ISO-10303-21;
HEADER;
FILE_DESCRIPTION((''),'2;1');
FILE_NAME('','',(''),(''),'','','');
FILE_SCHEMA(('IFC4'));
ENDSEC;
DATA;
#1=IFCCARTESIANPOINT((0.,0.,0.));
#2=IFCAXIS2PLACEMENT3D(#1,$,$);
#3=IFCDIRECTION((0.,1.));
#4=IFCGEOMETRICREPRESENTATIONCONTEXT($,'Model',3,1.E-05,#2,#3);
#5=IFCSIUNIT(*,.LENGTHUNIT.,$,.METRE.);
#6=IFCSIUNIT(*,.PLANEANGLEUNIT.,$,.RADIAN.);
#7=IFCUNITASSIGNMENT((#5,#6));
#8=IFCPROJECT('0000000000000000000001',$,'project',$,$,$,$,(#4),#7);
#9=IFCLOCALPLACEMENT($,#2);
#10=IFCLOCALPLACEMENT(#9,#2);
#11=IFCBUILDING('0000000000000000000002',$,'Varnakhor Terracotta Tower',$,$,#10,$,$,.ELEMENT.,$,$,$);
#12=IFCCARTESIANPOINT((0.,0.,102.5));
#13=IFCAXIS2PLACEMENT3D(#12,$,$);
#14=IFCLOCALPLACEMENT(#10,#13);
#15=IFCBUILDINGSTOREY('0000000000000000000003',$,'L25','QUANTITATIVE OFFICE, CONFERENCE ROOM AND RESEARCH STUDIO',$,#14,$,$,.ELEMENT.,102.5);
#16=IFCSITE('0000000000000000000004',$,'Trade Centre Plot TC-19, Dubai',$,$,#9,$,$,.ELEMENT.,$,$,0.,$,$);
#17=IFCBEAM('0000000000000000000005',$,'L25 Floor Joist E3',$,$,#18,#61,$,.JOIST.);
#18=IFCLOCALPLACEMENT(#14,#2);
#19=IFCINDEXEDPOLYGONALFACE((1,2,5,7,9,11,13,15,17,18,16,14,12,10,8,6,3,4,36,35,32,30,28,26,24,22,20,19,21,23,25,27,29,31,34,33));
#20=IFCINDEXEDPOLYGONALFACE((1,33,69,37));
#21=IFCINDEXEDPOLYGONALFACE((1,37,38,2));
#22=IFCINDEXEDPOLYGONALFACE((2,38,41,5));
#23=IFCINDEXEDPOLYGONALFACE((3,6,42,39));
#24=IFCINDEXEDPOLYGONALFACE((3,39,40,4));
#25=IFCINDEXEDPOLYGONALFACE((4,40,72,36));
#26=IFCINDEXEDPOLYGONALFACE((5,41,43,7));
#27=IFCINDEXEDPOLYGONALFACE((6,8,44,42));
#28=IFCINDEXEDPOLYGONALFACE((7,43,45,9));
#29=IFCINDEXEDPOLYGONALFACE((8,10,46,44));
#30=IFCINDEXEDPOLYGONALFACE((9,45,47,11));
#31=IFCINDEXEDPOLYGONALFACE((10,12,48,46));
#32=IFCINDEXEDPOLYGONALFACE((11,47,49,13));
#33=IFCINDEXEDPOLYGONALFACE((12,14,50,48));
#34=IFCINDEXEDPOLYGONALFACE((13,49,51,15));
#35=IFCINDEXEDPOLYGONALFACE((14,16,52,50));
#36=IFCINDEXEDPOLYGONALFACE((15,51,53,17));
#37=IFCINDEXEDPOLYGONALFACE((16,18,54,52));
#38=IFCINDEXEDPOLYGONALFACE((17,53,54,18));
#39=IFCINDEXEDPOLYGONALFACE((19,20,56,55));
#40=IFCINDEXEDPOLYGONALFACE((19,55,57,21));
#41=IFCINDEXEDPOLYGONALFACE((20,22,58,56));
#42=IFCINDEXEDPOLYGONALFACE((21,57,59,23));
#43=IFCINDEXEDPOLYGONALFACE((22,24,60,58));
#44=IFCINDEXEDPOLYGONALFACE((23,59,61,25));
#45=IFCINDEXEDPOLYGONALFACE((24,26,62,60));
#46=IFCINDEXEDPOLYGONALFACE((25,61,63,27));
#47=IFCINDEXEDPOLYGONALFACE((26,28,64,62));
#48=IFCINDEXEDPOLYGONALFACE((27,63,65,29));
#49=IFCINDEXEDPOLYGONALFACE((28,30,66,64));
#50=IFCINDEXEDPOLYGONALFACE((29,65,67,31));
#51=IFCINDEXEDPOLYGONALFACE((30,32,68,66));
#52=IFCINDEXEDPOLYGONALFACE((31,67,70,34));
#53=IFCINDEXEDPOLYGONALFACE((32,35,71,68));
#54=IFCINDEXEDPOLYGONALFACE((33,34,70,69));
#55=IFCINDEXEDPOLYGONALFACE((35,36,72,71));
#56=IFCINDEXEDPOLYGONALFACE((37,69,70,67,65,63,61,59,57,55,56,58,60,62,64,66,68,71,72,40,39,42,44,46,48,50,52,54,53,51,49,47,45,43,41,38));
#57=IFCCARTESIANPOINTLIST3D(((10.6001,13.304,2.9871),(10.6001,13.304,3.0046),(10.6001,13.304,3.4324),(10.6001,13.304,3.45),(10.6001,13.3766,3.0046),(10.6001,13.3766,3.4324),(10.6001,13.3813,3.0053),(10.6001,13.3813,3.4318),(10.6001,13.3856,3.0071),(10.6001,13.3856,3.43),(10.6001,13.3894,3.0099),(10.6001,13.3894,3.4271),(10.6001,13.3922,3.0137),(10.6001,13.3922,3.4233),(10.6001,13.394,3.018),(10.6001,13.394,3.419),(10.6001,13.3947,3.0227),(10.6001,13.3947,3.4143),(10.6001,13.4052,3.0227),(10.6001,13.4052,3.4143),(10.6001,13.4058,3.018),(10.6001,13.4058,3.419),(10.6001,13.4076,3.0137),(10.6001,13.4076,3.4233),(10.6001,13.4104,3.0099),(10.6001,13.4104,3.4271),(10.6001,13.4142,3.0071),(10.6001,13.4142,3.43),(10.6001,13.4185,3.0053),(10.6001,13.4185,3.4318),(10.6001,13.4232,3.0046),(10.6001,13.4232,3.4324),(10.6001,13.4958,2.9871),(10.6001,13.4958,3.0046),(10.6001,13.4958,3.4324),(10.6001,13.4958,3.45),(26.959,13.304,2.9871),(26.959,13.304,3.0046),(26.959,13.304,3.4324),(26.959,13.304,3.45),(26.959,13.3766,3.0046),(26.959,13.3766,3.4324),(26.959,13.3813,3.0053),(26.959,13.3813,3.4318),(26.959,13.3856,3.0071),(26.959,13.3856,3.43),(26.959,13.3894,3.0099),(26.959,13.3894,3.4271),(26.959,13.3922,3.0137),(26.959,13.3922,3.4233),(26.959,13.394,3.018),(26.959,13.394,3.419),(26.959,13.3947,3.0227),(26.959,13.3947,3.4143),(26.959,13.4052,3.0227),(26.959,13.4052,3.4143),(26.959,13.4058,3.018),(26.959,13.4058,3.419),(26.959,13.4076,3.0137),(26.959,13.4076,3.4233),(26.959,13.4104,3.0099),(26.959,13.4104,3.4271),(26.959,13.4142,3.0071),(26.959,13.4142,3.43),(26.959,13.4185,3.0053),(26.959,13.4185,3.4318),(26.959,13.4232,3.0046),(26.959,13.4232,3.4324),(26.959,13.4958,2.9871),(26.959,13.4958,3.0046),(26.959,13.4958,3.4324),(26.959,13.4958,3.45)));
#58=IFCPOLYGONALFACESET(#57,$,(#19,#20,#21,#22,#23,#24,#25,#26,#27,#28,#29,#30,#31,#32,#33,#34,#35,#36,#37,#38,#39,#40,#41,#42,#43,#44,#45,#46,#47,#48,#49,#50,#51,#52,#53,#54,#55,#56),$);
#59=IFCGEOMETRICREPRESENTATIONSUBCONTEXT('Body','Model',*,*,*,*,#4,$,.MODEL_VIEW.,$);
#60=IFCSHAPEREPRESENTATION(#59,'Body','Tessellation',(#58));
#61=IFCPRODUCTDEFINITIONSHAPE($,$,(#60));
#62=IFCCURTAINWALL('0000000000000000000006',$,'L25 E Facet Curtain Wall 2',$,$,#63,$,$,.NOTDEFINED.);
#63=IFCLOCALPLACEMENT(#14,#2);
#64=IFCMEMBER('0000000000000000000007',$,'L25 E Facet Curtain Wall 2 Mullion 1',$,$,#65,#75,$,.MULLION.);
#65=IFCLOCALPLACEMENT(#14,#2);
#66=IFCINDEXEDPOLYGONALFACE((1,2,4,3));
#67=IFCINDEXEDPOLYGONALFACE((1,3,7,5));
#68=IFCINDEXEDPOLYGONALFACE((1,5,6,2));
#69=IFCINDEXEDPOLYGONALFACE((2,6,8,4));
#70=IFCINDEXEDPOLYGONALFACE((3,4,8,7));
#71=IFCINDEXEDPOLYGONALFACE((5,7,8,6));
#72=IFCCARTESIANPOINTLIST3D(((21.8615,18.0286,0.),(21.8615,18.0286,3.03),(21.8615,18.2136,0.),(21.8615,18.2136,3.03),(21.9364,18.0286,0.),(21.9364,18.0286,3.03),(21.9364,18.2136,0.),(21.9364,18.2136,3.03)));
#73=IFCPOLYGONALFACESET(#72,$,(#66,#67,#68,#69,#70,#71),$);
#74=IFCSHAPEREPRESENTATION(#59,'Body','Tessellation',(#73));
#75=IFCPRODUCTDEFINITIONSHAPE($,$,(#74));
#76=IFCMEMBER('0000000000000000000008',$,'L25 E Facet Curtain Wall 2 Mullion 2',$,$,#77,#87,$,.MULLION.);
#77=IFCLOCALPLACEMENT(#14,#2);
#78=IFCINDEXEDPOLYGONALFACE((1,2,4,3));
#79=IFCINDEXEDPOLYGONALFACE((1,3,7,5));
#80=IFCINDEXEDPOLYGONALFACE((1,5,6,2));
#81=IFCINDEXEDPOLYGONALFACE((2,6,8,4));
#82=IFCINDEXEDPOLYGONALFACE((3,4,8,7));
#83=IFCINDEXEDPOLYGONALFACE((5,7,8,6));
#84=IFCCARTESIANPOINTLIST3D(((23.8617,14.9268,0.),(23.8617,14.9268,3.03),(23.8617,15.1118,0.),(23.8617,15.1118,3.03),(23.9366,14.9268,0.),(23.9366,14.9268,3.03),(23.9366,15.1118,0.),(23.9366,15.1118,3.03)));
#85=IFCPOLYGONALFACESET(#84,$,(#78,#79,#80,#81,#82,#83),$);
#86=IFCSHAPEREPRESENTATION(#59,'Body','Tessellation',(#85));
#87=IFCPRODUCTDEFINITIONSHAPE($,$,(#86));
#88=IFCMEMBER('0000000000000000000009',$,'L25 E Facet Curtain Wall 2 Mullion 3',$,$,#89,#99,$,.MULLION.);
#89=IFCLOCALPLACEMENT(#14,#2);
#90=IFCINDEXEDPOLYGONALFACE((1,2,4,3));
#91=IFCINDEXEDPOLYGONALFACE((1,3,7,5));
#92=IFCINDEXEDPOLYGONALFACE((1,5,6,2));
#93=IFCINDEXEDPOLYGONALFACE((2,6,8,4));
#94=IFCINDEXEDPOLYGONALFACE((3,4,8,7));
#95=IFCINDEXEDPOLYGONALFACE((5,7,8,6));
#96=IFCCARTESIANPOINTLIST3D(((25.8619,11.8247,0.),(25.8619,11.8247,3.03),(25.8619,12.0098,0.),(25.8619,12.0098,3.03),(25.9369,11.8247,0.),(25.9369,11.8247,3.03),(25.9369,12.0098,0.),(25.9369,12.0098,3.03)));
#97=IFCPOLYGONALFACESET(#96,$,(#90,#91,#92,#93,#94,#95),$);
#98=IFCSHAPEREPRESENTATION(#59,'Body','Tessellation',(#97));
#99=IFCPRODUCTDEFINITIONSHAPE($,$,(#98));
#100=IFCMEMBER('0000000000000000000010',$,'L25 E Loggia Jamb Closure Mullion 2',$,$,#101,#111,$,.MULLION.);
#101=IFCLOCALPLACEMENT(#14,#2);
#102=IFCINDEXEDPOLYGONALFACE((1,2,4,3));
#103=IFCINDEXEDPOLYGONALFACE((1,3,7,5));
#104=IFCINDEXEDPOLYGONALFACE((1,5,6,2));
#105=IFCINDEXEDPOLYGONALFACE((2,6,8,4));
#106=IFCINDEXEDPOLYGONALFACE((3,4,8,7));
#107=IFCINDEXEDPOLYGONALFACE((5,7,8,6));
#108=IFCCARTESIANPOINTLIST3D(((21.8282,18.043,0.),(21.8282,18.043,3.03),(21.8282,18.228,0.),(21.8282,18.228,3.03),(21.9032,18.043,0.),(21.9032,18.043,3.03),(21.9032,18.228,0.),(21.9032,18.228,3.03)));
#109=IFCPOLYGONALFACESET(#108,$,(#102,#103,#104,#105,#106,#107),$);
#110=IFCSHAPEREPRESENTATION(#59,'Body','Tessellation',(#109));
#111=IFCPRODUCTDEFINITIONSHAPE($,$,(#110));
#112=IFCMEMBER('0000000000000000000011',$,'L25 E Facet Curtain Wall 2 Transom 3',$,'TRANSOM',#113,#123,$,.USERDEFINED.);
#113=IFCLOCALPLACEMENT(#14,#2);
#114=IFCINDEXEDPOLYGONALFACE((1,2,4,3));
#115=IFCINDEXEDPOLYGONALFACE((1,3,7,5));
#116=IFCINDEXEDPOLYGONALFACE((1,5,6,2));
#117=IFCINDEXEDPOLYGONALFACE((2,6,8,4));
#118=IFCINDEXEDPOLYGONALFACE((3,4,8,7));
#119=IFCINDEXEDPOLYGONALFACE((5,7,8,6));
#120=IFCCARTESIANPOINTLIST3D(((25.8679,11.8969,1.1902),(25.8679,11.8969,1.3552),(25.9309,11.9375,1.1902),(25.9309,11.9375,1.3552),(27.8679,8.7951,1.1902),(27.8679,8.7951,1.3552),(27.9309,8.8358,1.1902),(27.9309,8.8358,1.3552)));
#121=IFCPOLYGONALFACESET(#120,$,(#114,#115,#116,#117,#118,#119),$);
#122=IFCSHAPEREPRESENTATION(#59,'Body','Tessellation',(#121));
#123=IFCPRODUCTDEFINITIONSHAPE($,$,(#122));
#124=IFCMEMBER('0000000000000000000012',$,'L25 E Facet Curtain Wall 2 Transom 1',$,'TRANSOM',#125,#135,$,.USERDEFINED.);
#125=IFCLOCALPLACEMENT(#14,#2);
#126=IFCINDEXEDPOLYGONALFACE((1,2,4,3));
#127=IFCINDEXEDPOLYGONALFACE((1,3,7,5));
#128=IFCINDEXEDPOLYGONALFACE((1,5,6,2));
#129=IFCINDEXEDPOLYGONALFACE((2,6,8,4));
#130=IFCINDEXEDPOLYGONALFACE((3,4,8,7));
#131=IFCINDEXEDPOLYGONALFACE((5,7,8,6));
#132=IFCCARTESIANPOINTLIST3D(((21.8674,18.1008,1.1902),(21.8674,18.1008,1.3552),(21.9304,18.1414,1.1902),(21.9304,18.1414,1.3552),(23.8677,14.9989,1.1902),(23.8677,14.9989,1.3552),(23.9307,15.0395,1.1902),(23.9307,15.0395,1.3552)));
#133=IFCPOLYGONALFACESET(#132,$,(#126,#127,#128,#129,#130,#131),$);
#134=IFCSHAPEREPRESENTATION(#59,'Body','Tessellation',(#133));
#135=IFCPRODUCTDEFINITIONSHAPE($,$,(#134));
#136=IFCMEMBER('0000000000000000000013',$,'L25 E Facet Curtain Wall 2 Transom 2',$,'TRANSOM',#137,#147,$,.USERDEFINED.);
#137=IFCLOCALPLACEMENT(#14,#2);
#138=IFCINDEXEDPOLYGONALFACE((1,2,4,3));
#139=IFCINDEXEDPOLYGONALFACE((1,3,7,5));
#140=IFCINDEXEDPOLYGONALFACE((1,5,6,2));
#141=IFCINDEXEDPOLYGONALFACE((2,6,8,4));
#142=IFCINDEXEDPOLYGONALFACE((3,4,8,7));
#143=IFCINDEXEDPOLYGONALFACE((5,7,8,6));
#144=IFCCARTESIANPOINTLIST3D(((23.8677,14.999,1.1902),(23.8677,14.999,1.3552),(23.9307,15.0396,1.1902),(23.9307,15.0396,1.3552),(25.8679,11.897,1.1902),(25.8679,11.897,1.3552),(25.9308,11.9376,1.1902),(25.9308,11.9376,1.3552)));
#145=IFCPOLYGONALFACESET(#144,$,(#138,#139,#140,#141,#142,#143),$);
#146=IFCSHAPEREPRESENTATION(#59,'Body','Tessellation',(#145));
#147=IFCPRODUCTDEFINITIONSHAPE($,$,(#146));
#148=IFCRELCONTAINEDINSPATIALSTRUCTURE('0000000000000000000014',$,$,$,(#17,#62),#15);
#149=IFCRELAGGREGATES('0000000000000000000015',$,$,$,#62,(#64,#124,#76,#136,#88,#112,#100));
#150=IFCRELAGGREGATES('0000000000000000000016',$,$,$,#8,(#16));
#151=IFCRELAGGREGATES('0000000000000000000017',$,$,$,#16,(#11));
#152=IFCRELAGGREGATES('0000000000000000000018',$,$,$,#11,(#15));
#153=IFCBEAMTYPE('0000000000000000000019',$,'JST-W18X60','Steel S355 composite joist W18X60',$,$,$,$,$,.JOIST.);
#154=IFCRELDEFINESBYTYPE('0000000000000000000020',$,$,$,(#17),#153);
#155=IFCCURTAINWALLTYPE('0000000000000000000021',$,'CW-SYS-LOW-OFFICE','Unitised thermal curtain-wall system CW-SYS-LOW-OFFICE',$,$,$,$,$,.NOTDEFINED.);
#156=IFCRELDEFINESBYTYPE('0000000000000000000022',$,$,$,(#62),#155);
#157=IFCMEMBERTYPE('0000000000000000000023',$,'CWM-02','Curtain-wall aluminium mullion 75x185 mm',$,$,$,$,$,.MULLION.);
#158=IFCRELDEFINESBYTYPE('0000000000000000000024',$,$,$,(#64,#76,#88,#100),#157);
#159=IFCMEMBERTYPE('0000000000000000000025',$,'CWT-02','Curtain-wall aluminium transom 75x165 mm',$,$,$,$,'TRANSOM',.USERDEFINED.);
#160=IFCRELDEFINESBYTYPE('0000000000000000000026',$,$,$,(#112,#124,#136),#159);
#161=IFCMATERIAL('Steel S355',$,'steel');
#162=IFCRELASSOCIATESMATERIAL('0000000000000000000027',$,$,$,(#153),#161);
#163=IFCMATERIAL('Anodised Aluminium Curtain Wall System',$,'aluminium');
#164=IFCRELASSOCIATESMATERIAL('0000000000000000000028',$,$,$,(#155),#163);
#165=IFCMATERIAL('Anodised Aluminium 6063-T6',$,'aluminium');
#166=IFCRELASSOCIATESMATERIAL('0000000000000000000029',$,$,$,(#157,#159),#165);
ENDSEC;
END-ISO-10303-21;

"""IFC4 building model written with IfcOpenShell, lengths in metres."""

from ifc_helpers import new_model, si_unit, direction, frame, origin, origin_2d, place, context, subcontext, project, spatial, rectangle, i_section, extrude, source, transform, mapped, material, material_profile, profile_set, type_object, type_shapes, element, aggregate, save


model = new_model("IFC4")

# Units and contexts
model_context = context("Model", 3, precision=1e-05, world=origin(), true_north=direction((0.0, 1.0)))
body_context = subcontext(model_context, "Body", "Model", "MODEL_VIEW")
ifc_project = project(units=[si_unit("LENGTHUNIT", "METRE"), si_unit("PLANEANGLEUNIT", "RADIAN")], contexts=[model_context])

# Site, building, storey
site_placement = place(None, origin())
site = spatial("IfcSite", under=ifc_project, at=site_placement, Name="Trade Centre Plot TC-19, Dubai", CompositionType="ELEMENT", RefElevation=0.0)
building_placement = place(site_placement, origin())
building = spatial("IfcBuilding", under=site, at=building_placement, Name="Varnakhor Terracotta Tower", CompositionType="ELEMENT")
storey_placement = place(building_placement, frame((0.0, 0.0, 102.5)))
storey = spatial("IfcBuildingStorey", under=building, at=storey_placement, Name="L25", Description="QUANTITATIVE OFFICE, CONFERENCE ROOM AND RESEARCH STUDIO", CompositionType="ELEMENT", Elevation=102.5)

# Beam
ifc_material_1 = material(Name="Steel S355", Category="steel")
ifc_material_profile_1 = material_profile(ifc_material_1, i_section(OverallWidth=0.1919, OverallDepth=0.4629, WebThickness=0.0105, FlangeThickness=0.0176, FilletRadius=0.0181, at=origin_2d()), Name="W18X60")
ifc_profile_set_1 = profile_set([ifc_material_profile_1], Name="Steel S355")
beam_type_1 = type_object("IfcBeamType", Name="JST-W18X60", Description="Steel S355 composite joist W18X60", PredefinedType="JOIST", material=ifc_profile_set_1)
shared_shape_1 = source(origin(), body_context, "Body", "SweptSolid", [
    extrude(i_section(OverallWidth=0.1919, OverallDepth=0.4629, WebThickness=0.0105, FlangeThickness=0.0176, FilletRadius=0.0181, at=origin_2d()), origin(), (0.0, 0.0, 1.0), 16.3589),
])
beam_1_placement = place(storey_placement, frame((10.6001, 13.3999, 3.2185), z_axis=(1.0, 0.0, 0.0), x_axis=(0.0, 1.0, 0.0)))
element("IfcBeam", 1, at=beam_1_placement, inside=storey, type_object=beam_type_1, Name="L25 Floor Joist E3", PredefinedType="JOIST", context=body_context, shape_type="MappedRepresentation", body=[
    mapped(shared_shape_1, transform((0.0, 0.0, 0.0), scale=1.0)),
])

# Curtain wall, members
ifc_material_2 = material(Name="Anodised Aluminium Curtain Wall System", Category="aluminium")
curtain_wall_type = type_object("IfcCurtainWallType", Name="CW-SYS-LOW-OFFICE", Description="Unitised thermal curtain-wall system CW-SYS-LOW-OFFICE", PredefinedType="NOTDEFINED", material=ifc_material_2)
curtain_wall_placement = place(storey_placement, origin())
curtain_wall = element("IfcCurtainWall", 2, at=curtain_wall_placement, inside=storey, type_object=curtain_wall_type, Name="L25 E Facet Curtain Wall 2", PredefinedType="NOTDEFINED")
ifc_material_3 = material(Name="Anodised Aluminium 6063-T6", Category="aluminium")
ifc_material_profile_2 = material_profile(ifc_material_3, rectangle(XDim=0.075, YDim=0.1851, at=origin_2d()), Name="ALU MULLION 75x185")
ifc_profile_set_2 = profile_set([ifc_material_profile_2], Name="Anodised Aluminium 6063-T6")
member_type_1 = type_object("IfcMemberType", Name="CWM-02", Description="Curtain-wall aluminium mullion 75x185 mm", PredefinedType="MULLION", material=ifc_profile_set_2)
shared_shape_2 = source(origin(), body_context, "Body", "SweptSolid", [
    extrude(rectangle(XDim=0.075, YDim=0.1851, at=origin_2d()), origin(), (0.0, 0.0, 1.0), 3.03),
])
type_shapes(member_type_1, [shared_shape_2])
member_1_placement = place(storey_placement, frame((21.8989, 18.1211, 0.0), z_axis=(0.0, 0.0, 1.0), x_axis=(1.0, 0.0, 0.0)))
member_1 = element("IfcMember", 3, at=member_1_placement, type_object=member_type_1, Name="L25 E Facet Curtain Wall 2 Mullion 1", PredefinedType="MULLION", context=body_context, shape_type="MappedRepresentation", body=[
    mapped(shared_shape_2, transform((0.0, 0.0, 0.0), scale=1.0)),
])
member_2_placement = place(storey_placement, frame((23.8992, 15.0193, 0.0), z_axis=(0.0, 0.0, 1.0), x_axis=(1.0, 0.0, 0.0)))
member_2 = element("IfcMember", 4, at=member_2_placement, type_object=member_type_1, Name="L25 E Facet Curtain Wall 2 Mullion 2", PredefinedType="MULLION", context=body_context, shape_type="MappedRepresentation", body=[
    mapped(shared_shape_2, transform((0.0, 0.0, 0.0), scale=1.0)),
])
member_3_placement = place(storey_placement, frame((25.8994, 11.9172, 0.0), z_axis=(0.0, 0.0, 1.0), x_axis=(1.0, 0.0, 0.0)))
member_3 = element("IfcMember", 5, at=member_3_placement, type_object=member_type_1, Name="L25 E Facet Curtain Wall 2 Mullion 3", PredefinedType="MULLION", context=body_context, shape_type="MappedRepresentation", body=[
    mapped(shared_shape_2, transform((0.0, 0.0, 0.0), scale=1.0)),
])
member_4_placement = place(storey_placement, frame((21.8657, 18.1355, 0.0), z_axis=(0.0, 0.0, 1.0), x_axis=(1.0, 0.0, 0.0)))
member_4 = element("IfcMember", 6, at=member_4_placement, type_object=member_type_1, Name="L25 E Loggia Jamb Closure Mullion 2", PredefinedType="MULLION", context=body_context, shape_type="MappedRepresentation", body=[
    mapped(shared_shape_2, transform((0.0, 0.0, 0.0), scale=1.0)),
])
ifc_material_profile_3 = material_profile(ifc_material_3, rectangle(XDim=0.075, YDim=0.165, at=origin_2d()), Name="ALU TRANSOM 75x165")
ifc_profile_set_3 = profile_set([ifc_material_profile_3], Name="Anodised Aluminium 6063-T6")
member_type_2 = type_object("IfcMemberType", Name="CWT-02", Description="Curtain-wall aluminium transom 75x165 mm", ElementType="TRANSOM", PredefinedType="USERDEFINED", material=ifc_profile_set_3)
shared_shape_3 = source(origin(), body_context, "Body", "SweptSolid", [
    extrude(rectangle(XDim=0.075, YDim=0.165, at=origin_2d()), origin(), (0.0, 0.0, 1.0), 3.6907),
])
member_5_placement = place(storey_placement, frame((25.8994, 11.9172, 1.2727), z_axis=(0.541904, -0.84044, 0.0), x_axis=(0.84044, 0.541904, 0.0)))
member_5 = element("IfcMember", 7, at=member_5_placement, type_object=member_type_2, Name="L25 E Facet Curtain Wall 2 Transom 3", ObjectType="TRANSOM", PredefinedType="USERDEFINED", context=body_context, shape_type="MappedRepresentation", body=[
    mapped(shared_shape_3, transform((0.0, 0.0, 0.0), scale=1.0)),
])
shared_shape_4 = source(origin(), body_context, "Body", "SweptSolid", [
    extrude(rectangle(XDim=0.075, YDim=0.165, at=origin_2d()), origin(), (0.0, 0.0, 1.0), 3.6909),
])
member_6_placement = place(storey_placement, frame((21.8989, 18.1211, 1.2727), z_axis=(0.541951, -0.84041, 0.0), x_axis=(0.84041, 0.541951, 0.0)))
member_6 = element("IfcMember", 8, at=member_6_placement, type_object=member_type_2, Name="L25 E Facet Curtain Wall 2 Transom 1", ObjectType="TRANSOM", PredefinedType="USERDEFINED", context=body_context, shape_type="MappedRepresentation", body=[
    mapped(shared_shape_4, transform((0.0, 0.0, 0.0), scale=1.0)),
])
member_7_placement = place(storey_placement, frame((23.8992, 15.0193, 1.2727), z_axis=(0.54192, -0.84043, 0.0), x_axis=(0.84043, 0.54192, 0.0)))
member_7 = element("IfcMember", 9, at=member_7_placement, type_object=member_type_2, Name="L25 E Facet Curtain Wall 2 Transom 2", ObjectType="TRANSOM", PredefinedType="USERDEFINED", context=body_context, shape_type="MappedRepresentation", body=[
    mapped(shared_shape_4, transform((0.0, 0.0, 0.0), scale=1.0)),
])

aggregate(curtain_wall, [member_1, member_6, member_2, member_7, member_3, member_5, member_4])

save(model, "model.ifc")
